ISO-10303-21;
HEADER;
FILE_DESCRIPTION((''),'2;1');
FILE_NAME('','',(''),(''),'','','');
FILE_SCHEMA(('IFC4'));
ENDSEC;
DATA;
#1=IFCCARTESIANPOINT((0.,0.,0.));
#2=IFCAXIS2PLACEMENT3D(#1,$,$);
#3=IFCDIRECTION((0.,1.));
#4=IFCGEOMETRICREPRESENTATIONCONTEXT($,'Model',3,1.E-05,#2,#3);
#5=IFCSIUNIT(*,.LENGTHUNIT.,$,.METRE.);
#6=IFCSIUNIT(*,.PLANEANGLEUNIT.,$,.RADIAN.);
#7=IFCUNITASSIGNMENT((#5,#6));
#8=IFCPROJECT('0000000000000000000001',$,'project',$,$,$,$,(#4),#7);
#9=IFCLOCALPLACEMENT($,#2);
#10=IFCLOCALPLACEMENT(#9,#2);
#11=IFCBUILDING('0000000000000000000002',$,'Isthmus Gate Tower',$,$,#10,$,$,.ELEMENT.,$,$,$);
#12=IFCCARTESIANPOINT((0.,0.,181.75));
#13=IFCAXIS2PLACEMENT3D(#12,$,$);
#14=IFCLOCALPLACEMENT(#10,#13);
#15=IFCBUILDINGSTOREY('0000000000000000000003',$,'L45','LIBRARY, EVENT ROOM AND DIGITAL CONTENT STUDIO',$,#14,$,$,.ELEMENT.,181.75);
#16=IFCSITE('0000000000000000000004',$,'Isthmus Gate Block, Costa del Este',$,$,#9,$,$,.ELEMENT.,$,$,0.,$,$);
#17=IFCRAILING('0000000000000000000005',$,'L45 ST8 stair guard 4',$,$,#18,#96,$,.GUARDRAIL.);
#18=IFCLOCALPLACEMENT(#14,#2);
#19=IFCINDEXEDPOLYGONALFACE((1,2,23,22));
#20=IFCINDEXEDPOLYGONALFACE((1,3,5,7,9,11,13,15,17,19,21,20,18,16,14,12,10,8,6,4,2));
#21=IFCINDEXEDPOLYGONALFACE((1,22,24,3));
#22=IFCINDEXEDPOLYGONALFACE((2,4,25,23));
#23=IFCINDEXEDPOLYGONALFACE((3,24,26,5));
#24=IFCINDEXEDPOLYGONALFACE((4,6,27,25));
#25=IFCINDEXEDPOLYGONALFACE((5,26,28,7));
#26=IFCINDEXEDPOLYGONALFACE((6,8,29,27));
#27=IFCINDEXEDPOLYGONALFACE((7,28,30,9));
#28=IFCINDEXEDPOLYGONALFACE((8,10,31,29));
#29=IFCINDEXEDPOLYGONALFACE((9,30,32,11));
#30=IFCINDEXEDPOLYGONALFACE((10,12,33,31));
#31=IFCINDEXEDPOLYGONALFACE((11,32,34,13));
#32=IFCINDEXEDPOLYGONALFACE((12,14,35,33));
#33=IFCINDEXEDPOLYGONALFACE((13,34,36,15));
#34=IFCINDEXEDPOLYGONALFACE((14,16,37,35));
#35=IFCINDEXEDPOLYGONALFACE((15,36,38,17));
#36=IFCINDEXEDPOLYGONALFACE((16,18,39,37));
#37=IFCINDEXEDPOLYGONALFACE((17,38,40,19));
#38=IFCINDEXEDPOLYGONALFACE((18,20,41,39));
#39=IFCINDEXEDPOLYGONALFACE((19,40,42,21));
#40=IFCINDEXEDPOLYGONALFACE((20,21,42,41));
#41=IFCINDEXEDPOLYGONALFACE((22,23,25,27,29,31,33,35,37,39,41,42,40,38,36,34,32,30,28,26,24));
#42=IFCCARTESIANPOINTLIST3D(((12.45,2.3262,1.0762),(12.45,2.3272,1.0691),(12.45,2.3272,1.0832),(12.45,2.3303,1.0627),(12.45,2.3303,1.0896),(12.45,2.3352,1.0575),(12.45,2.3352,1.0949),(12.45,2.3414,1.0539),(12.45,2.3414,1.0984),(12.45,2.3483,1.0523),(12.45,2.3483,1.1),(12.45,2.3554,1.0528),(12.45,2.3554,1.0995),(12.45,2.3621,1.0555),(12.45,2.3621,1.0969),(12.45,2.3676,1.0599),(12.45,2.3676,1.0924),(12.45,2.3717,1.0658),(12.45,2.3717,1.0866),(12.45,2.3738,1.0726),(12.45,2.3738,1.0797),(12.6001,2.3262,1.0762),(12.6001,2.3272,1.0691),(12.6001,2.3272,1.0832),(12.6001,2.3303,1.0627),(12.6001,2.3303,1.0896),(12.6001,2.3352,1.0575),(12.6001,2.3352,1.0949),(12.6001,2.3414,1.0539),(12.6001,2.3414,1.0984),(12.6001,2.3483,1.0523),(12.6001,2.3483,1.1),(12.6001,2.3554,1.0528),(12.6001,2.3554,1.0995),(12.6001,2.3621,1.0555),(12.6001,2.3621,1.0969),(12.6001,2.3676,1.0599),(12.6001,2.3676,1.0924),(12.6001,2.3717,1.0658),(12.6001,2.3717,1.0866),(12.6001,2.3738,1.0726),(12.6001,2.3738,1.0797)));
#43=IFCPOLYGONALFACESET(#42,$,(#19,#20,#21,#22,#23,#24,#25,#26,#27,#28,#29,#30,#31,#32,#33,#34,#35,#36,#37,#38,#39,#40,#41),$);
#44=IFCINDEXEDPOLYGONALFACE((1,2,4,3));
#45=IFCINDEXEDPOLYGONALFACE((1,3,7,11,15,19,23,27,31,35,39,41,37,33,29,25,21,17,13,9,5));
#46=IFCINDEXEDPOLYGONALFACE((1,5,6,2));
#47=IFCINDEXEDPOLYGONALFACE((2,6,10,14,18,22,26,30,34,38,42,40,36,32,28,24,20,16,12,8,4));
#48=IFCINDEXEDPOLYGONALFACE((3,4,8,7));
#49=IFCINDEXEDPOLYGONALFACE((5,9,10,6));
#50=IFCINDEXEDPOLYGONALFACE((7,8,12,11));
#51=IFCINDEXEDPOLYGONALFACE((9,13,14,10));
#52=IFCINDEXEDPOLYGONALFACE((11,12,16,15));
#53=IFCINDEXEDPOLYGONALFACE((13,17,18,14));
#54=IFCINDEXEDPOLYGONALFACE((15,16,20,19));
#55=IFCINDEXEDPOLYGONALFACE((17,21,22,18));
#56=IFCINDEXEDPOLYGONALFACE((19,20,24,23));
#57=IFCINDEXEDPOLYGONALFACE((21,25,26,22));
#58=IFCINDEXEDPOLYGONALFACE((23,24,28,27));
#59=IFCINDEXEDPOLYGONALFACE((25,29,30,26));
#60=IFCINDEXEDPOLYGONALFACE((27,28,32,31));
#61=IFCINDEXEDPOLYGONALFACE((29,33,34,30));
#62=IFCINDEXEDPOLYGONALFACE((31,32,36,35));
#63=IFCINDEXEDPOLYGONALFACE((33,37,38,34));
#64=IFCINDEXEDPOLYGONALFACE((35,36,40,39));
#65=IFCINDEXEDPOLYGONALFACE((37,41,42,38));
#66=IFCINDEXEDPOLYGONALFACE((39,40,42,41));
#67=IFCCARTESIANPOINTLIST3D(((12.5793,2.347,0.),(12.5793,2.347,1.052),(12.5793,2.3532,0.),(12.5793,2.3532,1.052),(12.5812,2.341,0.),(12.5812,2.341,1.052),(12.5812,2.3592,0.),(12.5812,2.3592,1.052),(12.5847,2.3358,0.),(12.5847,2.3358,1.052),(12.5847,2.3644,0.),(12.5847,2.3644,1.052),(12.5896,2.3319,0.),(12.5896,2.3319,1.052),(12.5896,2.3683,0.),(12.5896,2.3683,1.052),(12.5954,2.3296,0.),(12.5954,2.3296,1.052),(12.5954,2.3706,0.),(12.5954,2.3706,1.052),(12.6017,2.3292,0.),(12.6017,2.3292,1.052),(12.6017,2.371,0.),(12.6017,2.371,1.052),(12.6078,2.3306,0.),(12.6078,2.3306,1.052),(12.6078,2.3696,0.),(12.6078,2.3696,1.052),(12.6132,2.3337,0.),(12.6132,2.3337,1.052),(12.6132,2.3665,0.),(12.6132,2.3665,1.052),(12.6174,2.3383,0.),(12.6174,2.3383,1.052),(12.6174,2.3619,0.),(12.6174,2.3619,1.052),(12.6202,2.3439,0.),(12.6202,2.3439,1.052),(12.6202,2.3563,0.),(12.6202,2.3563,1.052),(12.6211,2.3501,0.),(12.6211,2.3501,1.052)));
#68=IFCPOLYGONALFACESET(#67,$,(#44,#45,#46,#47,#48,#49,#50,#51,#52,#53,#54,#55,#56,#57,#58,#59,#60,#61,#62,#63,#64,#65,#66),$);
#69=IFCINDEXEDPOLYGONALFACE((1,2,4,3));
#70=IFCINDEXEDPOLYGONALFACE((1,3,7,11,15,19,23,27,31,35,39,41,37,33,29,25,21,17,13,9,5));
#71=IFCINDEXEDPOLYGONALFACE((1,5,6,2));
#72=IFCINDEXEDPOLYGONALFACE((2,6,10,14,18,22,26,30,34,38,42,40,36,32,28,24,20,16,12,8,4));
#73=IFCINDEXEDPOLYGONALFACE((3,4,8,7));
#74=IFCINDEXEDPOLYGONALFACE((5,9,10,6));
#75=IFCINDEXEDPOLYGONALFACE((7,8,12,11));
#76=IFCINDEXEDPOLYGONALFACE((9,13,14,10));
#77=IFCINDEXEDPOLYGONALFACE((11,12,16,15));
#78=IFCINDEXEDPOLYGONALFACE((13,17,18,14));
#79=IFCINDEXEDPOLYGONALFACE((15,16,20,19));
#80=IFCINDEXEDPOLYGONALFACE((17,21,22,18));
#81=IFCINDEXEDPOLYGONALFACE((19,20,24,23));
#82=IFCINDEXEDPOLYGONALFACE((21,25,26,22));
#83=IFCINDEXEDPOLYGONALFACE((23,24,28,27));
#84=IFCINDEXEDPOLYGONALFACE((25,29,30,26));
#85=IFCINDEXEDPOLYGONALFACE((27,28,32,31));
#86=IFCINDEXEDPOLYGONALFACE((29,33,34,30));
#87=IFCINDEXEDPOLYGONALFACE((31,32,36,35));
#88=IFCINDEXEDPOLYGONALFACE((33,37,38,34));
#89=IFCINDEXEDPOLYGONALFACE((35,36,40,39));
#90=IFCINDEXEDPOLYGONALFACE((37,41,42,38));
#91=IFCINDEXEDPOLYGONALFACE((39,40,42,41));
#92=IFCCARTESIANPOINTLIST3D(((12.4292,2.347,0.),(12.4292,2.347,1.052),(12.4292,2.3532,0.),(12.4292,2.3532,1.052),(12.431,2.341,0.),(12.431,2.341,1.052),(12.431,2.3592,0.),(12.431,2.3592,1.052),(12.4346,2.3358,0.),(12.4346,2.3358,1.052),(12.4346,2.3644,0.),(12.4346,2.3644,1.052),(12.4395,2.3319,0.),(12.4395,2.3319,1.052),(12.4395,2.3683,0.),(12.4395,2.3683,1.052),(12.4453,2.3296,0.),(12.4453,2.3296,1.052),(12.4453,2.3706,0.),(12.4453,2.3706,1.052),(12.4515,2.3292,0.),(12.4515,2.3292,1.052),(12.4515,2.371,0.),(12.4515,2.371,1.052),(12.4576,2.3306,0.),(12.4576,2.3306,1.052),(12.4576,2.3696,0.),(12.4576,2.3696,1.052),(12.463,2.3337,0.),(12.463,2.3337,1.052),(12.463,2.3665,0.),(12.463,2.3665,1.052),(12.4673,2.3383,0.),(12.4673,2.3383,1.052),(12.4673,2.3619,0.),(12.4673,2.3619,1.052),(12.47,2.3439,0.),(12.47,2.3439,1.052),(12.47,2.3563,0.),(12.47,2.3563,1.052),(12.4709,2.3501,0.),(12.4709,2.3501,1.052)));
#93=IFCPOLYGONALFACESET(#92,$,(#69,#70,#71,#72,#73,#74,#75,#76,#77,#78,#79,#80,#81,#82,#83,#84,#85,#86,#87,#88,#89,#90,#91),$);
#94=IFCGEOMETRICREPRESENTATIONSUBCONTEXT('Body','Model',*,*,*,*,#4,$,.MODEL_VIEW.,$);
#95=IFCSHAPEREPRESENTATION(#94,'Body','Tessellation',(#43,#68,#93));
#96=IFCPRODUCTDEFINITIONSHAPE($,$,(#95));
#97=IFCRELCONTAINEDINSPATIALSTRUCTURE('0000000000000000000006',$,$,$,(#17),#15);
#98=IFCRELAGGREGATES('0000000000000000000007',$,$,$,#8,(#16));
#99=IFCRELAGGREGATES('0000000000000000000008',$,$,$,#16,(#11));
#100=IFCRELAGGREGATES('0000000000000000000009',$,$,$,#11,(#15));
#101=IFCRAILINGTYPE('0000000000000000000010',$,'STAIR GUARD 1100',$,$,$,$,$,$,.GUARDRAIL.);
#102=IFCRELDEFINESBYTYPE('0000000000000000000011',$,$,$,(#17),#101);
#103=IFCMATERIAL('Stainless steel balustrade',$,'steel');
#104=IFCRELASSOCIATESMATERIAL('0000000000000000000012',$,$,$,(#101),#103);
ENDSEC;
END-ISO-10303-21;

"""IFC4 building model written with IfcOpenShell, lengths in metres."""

from ifc_helpers import new_model, si_unit, direction, frame, origin, origin_2d, place, context, subcontext, project, spatial, circle, extrude, material, type_object, element, save


model = new_model("IFC4")

# Units and contexts
model_context = context("Model", 3, precision=1e-05, world=origin(), true_north=direction((0.0, 1.0)))
body_context = subcontext(model_context, "Body", "Model", "MODEL_VIEW")
ifc_project = project(units=[si_unit("LENGTHUNIT", "METRE"), si_unit("PLANEANGLEUNIT", "RADIAN")], contexts=[model_context])

# Site, building, storey
site_placement = place(None, origin())
site = spatial("IfcSite", under=ifc_project, at=site_placement, Name="Isthmus Gate Block, Costa del Este", CompositionType="ELEMENT", RefElevation=0.0)
building_placement = place(site_placement, origin())
building = spatial("IfcBuilding", under=site, at=building_placement, Name="Isthmus Gate Tower", CompositionType="ELEMENT")
storey_placement = place(building_placement, frame((0.0, 0.0, 181.75)))
storey = spatial("IfcBuildingStorey", under=building, at=storey_placement, Name="L45", Description="LIBRARY, EVENT ROOM AND DIGITAL CONTENT STUDIO", CompositionType="ELEMENT", Elevation=181.75)

# Railing
ifc_material_1 = material(Name="Stainless steel balustrade", Category="steel")
railing_type_1 = type_object("IfcRailingType", Name="STAIR GUARD 1100", PredefinedType="GUARDRAIL", material=ifc_material_1)
railing_1_placement = place(storey_placement, frame((12.6001, 2.3501, 0.0)))
element("IfcRailing", 1, at=railing_1_placement, inside=storey, type_object=railing_type_1, Name="L45 ST8 stair guard 4", PredefinedType="GUARDRAIL", context=body_context, shape_type="SweptSolid", body=[
    extrude(circle(Radius=0.0239, at=origin_2d()), frame((0.0, 0.0, 1.0762), z_axis=(-1.0, 0.0, 0.0), x_axis=(0.0, -1.0, 0.0)), (0.0, 0.0, 1.0), 0.1501),
    extrude(circle(Radius=0.021, at=origin_2d()), origin(), (0.0, 0.0, 1.0), 1.052),
    extrude(circle(Radius=0.021, at=origin_2d()), frame((-0.1501, 0.0, 0.0)), (0.0, 0.0, 1.0), 1.052),
])

save(model, "model.ifc")
